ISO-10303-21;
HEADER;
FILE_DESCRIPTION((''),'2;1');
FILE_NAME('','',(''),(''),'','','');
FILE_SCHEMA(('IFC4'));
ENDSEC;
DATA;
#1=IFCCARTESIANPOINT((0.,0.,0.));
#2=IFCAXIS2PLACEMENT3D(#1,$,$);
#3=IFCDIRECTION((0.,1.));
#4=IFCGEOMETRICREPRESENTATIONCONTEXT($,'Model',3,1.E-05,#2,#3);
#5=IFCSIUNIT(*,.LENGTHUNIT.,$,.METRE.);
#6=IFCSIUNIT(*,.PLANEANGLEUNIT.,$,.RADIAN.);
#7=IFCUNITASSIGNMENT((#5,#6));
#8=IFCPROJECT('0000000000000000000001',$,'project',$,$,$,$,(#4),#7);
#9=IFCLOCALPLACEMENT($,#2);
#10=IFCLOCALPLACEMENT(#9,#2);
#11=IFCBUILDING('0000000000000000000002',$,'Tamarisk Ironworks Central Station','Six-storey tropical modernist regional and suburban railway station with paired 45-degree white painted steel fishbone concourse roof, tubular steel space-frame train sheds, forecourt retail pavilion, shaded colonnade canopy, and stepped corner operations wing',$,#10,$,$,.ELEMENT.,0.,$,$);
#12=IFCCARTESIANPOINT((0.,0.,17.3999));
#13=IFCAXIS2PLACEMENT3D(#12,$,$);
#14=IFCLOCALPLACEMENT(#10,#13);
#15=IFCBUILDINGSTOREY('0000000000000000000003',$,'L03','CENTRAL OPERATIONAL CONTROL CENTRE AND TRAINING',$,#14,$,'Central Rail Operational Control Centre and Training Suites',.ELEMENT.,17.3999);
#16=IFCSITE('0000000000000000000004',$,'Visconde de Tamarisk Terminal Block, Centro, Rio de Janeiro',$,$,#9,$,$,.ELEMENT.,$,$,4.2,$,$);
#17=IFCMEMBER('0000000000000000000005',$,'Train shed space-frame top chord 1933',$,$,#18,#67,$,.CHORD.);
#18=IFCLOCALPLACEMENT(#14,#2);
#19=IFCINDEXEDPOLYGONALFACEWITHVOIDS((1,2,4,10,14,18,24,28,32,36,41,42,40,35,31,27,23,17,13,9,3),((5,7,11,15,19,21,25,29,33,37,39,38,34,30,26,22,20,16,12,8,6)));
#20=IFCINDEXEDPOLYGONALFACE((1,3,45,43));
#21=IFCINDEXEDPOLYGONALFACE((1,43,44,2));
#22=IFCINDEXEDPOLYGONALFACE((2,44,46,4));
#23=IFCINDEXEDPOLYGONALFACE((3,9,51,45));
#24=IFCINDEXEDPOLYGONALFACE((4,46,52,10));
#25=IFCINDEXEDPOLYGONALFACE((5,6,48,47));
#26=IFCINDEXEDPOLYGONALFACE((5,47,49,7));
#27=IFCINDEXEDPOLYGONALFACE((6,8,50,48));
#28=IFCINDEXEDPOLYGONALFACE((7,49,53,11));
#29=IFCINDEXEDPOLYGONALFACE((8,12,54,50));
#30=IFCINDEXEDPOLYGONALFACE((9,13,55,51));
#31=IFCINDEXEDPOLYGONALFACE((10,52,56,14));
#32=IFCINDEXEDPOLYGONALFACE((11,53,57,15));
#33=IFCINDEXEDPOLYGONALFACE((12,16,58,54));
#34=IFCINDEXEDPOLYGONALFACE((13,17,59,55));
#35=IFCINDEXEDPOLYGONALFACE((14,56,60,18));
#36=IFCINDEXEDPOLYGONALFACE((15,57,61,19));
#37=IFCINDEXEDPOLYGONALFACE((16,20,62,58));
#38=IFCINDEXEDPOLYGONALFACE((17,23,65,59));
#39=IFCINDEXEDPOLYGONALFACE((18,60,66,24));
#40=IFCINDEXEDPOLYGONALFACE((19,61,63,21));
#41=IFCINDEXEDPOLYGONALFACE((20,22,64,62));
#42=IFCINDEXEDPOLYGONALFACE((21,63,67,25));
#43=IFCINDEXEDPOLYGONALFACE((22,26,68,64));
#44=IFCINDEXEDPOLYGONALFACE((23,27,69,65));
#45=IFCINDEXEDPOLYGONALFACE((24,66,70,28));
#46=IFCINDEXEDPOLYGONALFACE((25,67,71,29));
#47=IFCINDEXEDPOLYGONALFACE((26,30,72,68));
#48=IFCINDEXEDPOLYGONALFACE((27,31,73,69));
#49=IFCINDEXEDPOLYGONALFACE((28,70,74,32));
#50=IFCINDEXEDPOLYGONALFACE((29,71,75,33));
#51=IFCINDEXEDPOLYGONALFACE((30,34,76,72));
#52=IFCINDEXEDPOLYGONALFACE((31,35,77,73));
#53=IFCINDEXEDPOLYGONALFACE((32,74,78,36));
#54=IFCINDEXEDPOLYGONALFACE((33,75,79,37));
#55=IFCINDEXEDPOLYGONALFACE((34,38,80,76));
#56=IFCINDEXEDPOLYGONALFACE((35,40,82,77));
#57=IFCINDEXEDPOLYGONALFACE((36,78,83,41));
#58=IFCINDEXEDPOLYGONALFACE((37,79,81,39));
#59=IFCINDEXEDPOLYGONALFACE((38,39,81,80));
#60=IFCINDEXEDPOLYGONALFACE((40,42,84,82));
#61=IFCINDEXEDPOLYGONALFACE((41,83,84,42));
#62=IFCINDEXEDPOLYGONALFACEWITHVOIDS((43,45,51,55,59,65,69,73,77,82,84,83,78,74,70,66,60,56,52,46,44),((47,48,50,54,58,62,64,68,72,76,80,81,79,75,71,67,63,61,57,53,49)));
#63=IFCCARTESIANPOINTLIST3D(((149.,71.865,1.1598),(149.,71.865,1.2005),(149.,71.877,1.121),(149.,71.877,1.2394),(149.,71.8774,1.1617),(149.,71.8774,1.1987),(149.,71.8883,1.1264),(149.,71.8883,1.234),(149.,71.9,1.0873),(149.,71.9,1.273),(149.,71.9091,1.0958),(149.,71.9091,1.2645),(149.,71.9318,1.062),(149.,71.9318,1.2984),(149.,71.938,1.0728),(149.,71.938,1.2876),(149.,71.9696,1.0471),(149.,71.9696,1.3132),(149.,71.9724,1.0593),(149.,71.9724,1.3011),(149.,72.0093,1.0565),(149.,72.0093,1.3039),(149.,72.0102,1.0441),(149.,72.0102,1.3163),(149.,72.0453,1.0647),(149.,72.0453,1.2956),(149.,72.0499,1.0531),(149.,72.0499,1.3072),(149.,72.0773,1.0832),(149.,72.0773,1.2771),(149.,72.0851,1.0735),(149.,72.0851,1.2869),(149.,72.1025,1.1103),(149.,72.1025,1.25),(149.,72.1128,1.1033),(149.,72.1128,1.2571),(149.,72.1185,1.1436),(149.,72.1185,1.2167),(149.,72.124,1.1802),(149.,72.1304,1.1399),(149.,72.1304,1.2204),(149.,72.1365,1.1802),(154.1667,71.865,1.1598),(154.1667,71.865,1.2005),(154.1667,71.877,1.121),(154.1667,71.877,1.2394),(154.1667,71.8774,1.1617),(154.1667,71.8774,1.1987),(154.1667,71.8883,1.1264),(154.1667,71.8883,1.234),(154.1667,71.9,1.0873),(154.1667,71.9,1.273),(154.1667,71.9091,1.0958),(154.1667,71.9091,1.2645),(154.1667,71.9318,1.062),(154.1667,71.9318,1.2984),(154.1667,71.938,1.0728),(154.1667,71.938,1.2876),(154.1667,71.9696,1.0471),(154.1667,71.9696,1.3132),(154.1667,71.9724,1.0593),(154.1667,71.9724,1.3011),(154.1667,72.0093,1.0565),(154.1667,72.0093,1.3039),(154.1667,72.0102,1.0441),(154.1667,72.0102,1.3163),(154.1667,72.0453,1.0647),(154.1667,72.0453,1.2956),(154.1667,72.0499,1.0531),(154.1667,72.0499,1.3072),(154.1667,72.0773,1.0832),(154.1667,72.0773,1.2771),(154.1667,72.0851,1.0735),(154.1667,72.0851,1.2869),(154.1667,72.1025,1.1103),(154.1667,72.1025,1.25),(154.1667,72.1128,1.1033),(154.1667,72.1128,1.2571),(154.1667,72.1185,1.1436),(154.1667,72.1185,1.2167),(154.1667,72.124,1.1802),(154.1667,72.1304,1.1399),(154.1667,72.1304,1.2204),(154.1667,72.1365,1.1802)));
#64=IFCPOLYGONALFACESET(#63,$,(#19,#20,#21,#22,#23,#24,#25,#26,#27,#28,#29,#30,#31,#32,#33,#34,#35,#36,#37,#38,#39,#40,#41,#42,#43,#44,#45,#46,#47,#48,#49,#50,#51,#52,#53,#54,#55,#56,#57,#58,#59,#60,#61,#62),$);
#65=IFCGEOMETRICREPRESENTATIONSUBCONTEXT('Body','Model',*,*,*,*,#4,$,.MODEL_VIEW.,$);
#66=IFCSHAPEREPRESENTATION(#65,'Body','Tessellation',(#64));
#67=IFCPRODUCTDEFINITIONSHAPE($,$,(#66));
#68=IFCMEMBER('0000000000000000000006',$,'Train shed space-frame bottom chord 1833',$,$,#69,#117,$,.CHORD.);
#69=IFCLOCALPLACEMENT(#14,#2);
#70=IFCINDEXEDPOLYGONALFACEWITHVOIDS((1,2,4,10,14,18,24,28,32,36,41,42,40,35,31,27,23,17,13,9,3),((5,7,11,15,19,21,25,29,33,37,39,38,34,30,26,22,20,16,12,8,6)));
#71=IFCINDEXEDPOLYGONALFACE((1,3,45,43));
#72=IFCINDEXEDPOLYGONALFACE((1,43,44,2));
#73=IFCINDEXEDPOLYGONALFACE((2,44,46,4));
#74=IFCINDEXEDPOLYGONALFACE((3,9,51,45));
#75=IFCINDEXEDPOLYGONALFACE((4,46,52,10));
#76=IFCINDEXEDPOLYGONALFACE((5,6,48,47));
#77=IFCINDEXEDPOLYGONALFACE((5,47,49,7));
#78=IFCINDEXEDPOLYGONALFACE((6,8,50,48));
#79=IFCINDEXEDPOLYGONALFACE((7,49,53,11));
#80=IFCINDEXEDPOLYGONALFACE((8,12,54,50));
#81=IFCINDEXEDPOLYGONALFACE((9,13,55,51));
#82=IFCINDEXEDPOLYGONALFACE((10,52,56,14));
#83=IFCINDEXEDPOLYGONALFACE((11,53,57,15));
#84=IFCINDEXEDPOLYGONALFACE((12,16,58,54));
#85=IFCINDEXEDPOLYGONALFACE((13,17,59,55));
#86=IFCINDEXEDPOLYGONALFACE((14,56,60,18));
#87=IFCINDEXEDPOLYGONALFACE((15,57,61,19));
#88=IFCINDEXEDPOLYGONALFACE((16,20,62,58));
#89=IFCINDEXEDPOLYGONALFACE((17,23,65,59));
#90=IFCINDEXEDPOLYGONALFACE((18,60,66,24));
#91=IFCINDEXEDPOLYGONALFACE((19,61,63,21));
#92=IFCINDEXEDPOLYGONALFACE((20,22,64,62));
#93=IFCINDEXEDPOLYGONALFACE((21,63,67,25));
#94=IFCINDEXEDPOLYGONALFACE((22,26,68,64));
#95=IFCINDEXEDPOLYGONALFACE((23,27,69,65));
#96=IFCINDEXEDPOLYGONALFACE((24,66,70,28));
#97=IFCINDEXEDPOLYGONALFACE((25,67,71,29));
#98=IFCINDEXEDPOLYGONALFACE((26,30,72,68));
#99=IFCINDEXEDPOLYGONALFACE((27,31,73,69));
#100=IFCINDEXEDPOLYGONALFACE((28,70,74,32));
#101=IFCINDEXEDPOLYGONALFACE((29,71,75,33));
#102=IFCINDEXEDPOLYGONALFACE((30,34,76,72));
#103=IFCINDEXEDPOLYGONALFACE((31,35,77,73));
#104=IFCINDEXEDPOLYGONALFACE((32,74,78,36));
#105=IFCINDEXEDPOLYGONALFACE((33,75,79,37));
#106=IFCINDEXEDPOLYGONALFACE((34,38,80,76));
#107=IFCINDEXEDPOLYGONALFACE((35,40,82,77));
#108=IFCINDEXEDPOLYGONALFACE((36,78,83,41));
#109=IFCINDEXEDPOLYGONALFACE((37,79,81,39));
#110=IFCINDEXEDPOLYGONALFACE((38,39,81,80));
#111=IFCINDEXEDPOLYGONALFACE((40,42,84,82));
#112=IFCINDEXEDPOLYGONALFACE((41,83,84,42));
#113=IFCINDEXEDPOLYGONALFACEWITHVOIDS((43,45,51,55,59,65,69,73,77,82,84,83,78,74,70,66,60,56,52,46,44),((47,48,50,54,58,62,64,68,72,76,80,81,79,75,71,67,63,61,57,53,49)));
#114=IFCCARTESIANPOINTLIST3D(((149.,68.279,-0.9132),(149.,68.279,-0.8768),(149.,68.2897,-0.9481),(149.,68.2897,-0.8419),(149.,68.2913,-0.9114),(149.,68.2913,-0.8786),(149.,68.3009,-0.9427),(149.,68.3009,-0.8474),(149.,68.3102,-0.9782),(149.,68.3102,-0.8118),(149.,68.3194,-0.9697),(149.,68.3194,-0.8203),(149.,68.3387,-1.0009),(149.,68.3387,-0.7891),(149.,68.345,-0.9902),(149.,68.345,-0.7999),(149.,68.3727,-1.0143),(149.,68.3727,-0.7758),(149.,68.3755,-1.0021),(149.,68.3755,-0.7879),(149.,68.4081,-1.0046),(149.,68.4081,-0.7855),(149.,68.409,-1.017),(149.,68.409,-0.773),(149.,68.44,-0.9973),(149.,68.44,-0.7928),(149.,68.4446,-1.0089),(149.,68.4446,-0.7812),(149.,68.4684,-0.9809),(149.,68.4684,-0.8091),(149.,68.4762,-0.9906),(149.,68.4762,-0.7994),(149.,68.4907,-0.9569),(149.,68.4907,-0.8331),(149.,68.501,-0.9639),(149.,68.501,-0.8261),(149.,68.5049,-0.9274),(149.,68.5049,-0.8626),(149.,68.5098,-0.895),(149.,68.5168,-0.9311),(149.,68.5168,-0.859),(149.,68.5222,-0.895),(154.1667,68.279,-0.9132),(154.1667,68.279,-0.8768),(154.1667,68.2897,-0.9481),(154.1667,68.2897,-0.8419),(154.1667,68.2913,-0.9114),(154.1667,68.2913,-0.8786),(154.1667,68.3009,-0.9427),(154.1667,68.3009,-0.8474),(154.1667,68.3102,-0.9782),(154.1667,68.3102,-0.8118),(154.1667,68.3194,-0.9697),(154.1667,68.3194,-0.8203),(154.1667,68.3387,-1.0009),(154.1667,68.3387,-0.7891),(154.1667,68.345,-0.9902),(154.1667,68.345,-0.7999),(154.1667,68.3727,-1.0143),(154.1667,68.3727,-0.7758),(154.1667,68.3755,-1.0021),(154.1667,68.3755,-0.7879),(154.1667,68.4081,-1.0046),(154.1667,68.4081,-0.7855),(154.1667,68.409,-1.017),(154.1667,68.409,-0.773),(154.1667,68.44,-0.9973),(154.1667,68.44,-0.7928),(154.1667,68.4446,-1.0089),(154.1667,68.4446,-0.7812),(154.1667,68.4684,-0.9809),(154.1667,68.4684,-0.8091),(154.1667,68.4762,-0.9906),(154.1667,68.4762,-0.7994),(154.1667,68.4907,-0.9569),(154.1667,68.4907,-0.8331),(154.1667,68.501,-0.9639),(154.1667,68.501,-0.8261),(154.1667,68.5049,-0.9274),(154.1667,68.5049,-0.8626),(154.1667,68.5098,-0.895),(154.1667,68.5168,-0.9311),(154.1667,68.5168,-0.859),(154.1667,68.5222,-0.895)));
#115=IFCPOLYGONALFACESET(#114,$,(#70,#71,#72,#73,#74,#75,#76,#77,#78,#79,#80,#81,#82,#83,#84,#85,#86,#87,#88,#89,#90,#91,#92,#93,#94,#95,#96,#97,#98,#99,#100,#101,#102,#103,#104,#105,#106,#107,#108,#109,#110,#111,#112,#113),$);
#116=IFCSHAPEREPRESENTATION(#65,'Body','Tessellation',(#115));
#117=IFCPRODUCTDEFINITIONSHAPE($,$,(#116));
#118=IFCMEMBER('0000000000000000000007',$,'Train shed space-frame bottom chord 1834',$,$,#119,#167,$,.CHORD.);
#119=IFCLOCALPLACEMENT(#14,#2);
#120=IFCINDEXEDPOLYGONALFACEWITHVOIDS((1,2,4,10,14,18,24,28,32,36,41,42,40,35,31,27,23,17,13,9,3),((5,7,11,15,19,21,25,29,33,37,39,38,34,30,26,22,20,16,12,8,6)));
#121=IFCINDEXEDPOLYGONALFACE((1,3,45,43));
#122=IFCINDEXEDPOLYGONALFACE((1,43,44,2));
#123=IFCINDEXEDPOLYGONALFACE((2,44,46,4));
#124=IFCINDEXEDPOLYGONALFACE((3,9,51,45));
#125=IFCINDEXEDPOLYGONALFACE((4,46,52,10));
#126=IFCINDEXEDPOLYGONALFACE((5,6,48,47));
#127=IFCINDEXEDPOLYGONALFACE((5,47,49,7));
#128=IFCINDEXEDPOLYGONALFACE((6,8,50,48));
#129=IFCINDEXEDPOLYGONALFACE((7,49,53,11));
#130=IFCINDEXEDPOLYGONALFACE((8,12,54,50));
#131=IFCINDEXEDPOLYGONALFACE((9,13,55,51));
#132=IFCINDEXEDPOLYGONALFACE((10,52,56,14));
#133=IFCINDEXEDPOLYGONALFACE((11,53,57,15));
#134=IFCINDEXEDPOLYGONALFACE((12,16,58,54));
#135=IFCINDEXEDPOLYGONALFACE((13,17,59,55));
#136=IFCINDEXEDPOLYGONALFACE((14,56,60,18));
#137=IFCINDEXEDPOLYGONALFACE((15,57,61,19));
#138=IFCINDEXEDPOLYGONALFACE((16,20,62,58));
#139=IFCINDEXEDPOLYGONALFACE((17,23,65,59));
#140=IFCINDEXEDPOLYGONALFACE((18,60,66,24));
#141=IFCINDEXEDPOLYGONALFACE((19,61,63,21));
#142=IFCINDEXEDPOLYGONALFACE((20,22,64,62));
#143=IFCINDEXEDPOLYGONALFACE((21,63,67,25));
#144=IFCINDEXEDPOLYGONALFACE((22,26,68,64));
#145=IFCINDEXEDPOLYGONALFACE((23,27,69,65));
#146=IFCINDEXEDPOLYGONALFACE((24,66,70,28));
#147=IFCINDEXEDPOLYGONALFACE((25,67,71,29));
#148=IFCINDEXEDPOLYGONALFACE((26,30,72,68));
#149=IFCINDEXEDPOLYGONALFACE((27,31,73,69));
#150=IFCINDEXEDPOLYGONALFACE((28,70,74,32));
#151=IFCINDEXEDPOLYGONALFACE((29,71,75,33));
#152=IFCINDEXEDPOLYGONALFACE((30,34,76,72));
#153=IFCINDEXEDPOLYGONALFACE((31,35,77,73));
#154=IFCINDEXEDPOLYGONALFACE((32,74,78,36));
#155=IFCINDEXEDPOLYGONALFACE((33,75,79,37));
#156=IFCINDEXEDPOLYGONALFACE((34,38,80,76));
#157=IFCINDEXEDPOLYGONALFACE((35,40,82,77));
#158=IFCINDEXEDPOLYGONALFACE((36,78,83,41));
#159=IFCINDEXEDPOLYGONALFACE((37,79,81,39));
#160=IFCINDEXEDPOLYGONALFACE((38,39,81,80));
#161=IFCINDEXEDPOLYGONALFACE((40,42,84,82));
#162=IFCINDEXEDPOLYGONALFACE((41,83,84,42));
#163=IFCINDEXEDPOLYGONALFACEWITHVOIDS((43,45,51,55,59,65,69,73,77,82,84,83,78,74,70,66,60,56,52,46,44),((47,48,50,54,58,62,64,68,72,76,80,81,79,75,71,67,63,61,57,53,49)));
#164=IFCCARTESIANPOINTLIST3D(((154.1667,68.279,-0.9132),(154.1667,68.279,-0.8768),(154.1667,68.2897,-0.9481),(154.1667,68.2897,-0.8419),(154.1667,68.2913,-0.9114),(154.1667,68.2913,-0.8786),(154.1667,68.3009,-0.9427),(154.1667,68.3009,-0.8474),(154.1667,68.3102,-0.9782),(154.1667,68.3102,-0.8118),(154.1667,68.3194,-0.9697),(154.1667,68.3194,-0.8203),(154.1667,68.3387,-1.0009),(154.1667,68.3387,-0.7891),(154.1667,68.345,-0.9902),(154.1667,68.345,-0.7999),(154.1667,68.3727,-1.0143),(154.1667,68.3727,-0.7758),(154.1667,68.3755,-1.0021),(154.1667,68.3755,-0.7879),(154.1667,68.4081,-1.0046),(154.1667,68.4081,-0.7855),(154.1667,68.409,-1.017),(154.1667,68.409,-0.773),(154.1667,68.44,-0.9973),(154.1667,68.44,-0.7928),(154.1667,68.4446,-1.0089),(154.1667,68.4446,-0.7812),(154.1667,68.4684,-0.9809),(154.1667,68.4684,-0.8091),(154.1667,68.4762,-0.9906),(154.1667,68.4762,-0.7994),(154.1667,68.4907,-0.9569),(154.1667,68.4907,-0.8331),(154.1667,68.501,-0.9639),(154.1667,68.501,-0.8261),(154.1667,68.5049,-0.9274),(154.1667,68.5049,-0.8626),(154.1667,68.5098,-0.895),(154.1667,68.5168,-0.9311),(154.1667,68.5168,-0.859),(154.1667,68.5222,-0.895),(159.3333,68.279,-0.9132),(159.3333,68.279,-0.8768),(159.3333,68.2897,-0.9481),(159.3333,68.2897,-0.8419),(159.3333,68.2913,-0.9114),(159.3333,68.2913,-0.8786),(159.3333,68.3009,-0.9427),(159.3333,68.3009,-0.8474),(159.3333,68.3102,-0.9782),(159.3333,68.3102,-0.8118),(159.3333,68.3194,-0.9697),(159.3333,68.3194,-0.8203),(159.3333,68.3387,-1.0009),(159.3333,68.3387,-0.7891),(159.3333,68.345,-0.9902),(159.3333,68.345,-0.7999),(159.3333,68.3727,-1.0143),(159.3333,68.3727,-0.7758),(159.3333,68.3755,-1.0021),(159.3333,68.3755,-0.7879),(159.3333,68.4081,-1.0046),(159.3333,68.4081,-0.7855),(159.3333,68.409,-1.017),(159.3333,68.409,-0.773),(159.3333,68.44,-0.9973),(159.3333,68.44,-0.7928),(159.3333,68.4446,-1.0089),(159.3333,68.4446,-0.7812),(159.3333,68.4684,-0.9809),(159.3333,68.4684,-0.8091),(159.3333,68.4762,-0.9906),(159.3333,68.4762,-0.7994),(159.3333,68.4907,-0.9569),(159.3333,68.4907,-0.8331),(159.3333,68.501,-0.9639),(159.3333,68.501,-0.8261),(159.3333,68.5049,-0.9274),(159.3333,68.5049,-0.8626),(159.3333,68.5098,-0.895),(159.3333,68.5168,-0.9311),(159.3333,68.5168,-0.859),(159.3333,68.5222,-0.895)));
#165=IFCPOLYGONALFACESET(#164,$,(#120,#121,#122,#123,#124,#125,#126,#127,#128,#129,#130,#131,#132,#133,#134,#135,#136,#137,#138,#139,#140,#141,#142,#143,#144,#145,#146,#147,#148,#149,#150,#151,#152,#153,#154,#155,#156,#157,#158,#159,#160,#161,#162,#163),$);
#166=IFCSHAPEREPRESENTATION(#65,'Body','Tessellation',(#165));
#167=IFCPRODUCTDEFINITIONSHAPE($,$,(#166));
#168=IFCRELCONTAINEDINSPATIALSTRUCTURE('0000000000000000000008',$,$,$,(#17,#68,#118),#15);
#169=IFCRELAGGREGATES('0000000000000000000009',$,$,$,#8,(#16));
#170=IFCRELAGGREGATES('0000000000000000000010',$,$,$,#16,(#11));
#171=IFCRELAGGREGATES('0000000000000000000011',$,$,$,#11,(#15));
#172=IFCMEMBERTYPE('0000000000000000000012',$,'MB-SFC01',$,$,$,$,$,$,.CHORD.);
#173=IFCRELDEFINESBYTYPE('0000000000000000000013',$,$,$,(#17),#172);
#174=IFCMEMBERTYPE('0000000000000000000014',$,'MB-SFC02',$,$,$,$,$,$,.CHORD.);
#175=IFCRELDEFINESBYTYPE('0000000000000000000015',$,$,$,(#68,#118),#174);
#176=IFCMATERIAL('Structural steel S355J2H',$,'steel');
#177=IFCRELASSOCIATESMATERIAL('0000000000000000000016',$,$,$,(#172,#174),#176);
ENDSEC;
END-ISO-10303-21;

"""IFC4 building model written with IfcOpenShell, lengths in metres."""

from ifc_helpers import new_model, si_unit, direction, frame, origin, origin_2d, place, context, subcontext, project, spatial, hollow_circle, extrude, material, material_profile, profile_set, type_object, element, save


model = new_model("IFC4")

# Units and contexts
model_context = context("Model", 3, precision=1e-05, world=origin(), true_north=direction((0.0, 1.0)))
body_context = subcontext(model_context, "Body", "Model", "MODEL_VIEW")
ifc_project = project(units=[si_unit("LENGTHUNIT", "METRE"), si_unit("PLANEANGLEUNIT", "RADIAN")], contexts=[model_context])

# Site, building, storey
site_placement = place(None, origin())
site = spatial("IfcSite", under=ifc_project, at=site_placement, Name="Visconde de Tamarisk Terminal Block, Centro, Rio de Janeiro", CompositionType="ELEMENT", RefElevation=4.2)
building_placement = place(site_placement, origin())
building = spatial("IfcBuilding", under=site, at=building_placement, Name="Tamarisk Ironworks Central Station", Description="Six-storey tropical modernist regional and suburban railway station with paired 45-degree white painted steel fishbone concourse roof, tubular steel space-frame train sheds, forecourt retail pavilion, shaded colonnade canopy, and stepped corner operations wing", CompositionType="ELEMENT", ElevationOfRefHeight=0.0)
storey_placement = place(building_placement, frame((0.0, 0.0, 17.3999)))
storey = spatial("IfcBuildingStorey", under=building, at=storey_placement, Name="L03", Description="CENTRAL OPERATIONAL CONTROL CENTRE AND TRAINING", LongName="Central Rail Operational Control Centre and Training Suites", CompositionType="ELEMENT", Elevation=17.3999)

# Members
ifc_material_1 = material(Name="Structural steel S355J2H", Category="steel")
ifc_material_profile_1 = material_profile(ifc_material_1, hollow_circle(Radius=0.1365, WallThickness=0.0125, at=origin_2d()), Name="CHS 273x12.5")
ifc_profile_set_1 = profile_set([ifc_material_profile_1], Name="Structural steel S355J2H")
member_type_1 = type_object("IfcMemberType", Name="MB-SFC01", PredefinedType="CHORD", material=ifc_profile_set_1)
member_1_placement = place(storey_placement, frame((149.0, 72.0, 1.1802), z_axis=(1.0, 0.0, 0.0), x_axis=(0.0, 1.0, 0.0)))
element("IfcMember", 1, at=member_1_placement, inside=storey, type_object=member_type_1, Name="Train shed space-frame top chord 1933", PredefinedType="CHORD", context=body_context, shape_type="SweptSolid", body=[
    extrude(hollow_circle(Radius=0.1365, WallThickness=0.0125, at=origin_2d()), origin(), (0.0, 0.0, 1.0), 5.1667),
])
ifc_material_profile_2 = material_profile(ifc_material_1, hollow_circle(Radius=0.1223, WallThickness=0.0125, at=origin_2d()), Name="CHS 244.5x12.5")
ifc_profile_set_2 = profile_set([ifc_material_profile_2], Name="Structural steel S355J2H")
member_type_2 = type_object("IfcMemberType", Name="MB-SFC02", PredefinedType="CHORD", material=ifc_profile_set_2)
member_2_placement = place(storey_placement, frame((149.0, 68.3999, -0.895), z_axis=(1.0, 0.0, 0.0), x_axis=(0.0, 1.0, 0.0)))
element("IfcMember", 2, at=member_2_placement, inside=storey, type_object=member_type_2, Name="Train shed space-frame bottom chord 1833", PredefinedType="CHORD", context=body_context, shape_type="SweptSolid", body=[
    extrude(hollow_circle(Radius=0.1223, WallThickness=0.0125, at=origin_2d()), origin(), (0.0, 0.0, 1.0), 5.1667),
])
member_3_placement = place(storey_placement, frame((154.1667, 68.3999, -0.895), z_axis=(1.0, 0.0, 0.0), x_axis=(0.0, 1.0, 0.0)))
element("IfcMember", 3, at=member_3_placement, inside=storey, type_object=member_type_2, Name="Train shed space-frame bottom chord 1834", PredefinedType="CHORD", context=body_context, shape_type="SweptSolid", body=[
    extrude(hollow_circle(Radius=0.1223, WallThickness=0.0125, at=origin_2d()), origin(), (0.0, 0.0, 1.0), 5.1665),
])

save(model, "model.ifc")
